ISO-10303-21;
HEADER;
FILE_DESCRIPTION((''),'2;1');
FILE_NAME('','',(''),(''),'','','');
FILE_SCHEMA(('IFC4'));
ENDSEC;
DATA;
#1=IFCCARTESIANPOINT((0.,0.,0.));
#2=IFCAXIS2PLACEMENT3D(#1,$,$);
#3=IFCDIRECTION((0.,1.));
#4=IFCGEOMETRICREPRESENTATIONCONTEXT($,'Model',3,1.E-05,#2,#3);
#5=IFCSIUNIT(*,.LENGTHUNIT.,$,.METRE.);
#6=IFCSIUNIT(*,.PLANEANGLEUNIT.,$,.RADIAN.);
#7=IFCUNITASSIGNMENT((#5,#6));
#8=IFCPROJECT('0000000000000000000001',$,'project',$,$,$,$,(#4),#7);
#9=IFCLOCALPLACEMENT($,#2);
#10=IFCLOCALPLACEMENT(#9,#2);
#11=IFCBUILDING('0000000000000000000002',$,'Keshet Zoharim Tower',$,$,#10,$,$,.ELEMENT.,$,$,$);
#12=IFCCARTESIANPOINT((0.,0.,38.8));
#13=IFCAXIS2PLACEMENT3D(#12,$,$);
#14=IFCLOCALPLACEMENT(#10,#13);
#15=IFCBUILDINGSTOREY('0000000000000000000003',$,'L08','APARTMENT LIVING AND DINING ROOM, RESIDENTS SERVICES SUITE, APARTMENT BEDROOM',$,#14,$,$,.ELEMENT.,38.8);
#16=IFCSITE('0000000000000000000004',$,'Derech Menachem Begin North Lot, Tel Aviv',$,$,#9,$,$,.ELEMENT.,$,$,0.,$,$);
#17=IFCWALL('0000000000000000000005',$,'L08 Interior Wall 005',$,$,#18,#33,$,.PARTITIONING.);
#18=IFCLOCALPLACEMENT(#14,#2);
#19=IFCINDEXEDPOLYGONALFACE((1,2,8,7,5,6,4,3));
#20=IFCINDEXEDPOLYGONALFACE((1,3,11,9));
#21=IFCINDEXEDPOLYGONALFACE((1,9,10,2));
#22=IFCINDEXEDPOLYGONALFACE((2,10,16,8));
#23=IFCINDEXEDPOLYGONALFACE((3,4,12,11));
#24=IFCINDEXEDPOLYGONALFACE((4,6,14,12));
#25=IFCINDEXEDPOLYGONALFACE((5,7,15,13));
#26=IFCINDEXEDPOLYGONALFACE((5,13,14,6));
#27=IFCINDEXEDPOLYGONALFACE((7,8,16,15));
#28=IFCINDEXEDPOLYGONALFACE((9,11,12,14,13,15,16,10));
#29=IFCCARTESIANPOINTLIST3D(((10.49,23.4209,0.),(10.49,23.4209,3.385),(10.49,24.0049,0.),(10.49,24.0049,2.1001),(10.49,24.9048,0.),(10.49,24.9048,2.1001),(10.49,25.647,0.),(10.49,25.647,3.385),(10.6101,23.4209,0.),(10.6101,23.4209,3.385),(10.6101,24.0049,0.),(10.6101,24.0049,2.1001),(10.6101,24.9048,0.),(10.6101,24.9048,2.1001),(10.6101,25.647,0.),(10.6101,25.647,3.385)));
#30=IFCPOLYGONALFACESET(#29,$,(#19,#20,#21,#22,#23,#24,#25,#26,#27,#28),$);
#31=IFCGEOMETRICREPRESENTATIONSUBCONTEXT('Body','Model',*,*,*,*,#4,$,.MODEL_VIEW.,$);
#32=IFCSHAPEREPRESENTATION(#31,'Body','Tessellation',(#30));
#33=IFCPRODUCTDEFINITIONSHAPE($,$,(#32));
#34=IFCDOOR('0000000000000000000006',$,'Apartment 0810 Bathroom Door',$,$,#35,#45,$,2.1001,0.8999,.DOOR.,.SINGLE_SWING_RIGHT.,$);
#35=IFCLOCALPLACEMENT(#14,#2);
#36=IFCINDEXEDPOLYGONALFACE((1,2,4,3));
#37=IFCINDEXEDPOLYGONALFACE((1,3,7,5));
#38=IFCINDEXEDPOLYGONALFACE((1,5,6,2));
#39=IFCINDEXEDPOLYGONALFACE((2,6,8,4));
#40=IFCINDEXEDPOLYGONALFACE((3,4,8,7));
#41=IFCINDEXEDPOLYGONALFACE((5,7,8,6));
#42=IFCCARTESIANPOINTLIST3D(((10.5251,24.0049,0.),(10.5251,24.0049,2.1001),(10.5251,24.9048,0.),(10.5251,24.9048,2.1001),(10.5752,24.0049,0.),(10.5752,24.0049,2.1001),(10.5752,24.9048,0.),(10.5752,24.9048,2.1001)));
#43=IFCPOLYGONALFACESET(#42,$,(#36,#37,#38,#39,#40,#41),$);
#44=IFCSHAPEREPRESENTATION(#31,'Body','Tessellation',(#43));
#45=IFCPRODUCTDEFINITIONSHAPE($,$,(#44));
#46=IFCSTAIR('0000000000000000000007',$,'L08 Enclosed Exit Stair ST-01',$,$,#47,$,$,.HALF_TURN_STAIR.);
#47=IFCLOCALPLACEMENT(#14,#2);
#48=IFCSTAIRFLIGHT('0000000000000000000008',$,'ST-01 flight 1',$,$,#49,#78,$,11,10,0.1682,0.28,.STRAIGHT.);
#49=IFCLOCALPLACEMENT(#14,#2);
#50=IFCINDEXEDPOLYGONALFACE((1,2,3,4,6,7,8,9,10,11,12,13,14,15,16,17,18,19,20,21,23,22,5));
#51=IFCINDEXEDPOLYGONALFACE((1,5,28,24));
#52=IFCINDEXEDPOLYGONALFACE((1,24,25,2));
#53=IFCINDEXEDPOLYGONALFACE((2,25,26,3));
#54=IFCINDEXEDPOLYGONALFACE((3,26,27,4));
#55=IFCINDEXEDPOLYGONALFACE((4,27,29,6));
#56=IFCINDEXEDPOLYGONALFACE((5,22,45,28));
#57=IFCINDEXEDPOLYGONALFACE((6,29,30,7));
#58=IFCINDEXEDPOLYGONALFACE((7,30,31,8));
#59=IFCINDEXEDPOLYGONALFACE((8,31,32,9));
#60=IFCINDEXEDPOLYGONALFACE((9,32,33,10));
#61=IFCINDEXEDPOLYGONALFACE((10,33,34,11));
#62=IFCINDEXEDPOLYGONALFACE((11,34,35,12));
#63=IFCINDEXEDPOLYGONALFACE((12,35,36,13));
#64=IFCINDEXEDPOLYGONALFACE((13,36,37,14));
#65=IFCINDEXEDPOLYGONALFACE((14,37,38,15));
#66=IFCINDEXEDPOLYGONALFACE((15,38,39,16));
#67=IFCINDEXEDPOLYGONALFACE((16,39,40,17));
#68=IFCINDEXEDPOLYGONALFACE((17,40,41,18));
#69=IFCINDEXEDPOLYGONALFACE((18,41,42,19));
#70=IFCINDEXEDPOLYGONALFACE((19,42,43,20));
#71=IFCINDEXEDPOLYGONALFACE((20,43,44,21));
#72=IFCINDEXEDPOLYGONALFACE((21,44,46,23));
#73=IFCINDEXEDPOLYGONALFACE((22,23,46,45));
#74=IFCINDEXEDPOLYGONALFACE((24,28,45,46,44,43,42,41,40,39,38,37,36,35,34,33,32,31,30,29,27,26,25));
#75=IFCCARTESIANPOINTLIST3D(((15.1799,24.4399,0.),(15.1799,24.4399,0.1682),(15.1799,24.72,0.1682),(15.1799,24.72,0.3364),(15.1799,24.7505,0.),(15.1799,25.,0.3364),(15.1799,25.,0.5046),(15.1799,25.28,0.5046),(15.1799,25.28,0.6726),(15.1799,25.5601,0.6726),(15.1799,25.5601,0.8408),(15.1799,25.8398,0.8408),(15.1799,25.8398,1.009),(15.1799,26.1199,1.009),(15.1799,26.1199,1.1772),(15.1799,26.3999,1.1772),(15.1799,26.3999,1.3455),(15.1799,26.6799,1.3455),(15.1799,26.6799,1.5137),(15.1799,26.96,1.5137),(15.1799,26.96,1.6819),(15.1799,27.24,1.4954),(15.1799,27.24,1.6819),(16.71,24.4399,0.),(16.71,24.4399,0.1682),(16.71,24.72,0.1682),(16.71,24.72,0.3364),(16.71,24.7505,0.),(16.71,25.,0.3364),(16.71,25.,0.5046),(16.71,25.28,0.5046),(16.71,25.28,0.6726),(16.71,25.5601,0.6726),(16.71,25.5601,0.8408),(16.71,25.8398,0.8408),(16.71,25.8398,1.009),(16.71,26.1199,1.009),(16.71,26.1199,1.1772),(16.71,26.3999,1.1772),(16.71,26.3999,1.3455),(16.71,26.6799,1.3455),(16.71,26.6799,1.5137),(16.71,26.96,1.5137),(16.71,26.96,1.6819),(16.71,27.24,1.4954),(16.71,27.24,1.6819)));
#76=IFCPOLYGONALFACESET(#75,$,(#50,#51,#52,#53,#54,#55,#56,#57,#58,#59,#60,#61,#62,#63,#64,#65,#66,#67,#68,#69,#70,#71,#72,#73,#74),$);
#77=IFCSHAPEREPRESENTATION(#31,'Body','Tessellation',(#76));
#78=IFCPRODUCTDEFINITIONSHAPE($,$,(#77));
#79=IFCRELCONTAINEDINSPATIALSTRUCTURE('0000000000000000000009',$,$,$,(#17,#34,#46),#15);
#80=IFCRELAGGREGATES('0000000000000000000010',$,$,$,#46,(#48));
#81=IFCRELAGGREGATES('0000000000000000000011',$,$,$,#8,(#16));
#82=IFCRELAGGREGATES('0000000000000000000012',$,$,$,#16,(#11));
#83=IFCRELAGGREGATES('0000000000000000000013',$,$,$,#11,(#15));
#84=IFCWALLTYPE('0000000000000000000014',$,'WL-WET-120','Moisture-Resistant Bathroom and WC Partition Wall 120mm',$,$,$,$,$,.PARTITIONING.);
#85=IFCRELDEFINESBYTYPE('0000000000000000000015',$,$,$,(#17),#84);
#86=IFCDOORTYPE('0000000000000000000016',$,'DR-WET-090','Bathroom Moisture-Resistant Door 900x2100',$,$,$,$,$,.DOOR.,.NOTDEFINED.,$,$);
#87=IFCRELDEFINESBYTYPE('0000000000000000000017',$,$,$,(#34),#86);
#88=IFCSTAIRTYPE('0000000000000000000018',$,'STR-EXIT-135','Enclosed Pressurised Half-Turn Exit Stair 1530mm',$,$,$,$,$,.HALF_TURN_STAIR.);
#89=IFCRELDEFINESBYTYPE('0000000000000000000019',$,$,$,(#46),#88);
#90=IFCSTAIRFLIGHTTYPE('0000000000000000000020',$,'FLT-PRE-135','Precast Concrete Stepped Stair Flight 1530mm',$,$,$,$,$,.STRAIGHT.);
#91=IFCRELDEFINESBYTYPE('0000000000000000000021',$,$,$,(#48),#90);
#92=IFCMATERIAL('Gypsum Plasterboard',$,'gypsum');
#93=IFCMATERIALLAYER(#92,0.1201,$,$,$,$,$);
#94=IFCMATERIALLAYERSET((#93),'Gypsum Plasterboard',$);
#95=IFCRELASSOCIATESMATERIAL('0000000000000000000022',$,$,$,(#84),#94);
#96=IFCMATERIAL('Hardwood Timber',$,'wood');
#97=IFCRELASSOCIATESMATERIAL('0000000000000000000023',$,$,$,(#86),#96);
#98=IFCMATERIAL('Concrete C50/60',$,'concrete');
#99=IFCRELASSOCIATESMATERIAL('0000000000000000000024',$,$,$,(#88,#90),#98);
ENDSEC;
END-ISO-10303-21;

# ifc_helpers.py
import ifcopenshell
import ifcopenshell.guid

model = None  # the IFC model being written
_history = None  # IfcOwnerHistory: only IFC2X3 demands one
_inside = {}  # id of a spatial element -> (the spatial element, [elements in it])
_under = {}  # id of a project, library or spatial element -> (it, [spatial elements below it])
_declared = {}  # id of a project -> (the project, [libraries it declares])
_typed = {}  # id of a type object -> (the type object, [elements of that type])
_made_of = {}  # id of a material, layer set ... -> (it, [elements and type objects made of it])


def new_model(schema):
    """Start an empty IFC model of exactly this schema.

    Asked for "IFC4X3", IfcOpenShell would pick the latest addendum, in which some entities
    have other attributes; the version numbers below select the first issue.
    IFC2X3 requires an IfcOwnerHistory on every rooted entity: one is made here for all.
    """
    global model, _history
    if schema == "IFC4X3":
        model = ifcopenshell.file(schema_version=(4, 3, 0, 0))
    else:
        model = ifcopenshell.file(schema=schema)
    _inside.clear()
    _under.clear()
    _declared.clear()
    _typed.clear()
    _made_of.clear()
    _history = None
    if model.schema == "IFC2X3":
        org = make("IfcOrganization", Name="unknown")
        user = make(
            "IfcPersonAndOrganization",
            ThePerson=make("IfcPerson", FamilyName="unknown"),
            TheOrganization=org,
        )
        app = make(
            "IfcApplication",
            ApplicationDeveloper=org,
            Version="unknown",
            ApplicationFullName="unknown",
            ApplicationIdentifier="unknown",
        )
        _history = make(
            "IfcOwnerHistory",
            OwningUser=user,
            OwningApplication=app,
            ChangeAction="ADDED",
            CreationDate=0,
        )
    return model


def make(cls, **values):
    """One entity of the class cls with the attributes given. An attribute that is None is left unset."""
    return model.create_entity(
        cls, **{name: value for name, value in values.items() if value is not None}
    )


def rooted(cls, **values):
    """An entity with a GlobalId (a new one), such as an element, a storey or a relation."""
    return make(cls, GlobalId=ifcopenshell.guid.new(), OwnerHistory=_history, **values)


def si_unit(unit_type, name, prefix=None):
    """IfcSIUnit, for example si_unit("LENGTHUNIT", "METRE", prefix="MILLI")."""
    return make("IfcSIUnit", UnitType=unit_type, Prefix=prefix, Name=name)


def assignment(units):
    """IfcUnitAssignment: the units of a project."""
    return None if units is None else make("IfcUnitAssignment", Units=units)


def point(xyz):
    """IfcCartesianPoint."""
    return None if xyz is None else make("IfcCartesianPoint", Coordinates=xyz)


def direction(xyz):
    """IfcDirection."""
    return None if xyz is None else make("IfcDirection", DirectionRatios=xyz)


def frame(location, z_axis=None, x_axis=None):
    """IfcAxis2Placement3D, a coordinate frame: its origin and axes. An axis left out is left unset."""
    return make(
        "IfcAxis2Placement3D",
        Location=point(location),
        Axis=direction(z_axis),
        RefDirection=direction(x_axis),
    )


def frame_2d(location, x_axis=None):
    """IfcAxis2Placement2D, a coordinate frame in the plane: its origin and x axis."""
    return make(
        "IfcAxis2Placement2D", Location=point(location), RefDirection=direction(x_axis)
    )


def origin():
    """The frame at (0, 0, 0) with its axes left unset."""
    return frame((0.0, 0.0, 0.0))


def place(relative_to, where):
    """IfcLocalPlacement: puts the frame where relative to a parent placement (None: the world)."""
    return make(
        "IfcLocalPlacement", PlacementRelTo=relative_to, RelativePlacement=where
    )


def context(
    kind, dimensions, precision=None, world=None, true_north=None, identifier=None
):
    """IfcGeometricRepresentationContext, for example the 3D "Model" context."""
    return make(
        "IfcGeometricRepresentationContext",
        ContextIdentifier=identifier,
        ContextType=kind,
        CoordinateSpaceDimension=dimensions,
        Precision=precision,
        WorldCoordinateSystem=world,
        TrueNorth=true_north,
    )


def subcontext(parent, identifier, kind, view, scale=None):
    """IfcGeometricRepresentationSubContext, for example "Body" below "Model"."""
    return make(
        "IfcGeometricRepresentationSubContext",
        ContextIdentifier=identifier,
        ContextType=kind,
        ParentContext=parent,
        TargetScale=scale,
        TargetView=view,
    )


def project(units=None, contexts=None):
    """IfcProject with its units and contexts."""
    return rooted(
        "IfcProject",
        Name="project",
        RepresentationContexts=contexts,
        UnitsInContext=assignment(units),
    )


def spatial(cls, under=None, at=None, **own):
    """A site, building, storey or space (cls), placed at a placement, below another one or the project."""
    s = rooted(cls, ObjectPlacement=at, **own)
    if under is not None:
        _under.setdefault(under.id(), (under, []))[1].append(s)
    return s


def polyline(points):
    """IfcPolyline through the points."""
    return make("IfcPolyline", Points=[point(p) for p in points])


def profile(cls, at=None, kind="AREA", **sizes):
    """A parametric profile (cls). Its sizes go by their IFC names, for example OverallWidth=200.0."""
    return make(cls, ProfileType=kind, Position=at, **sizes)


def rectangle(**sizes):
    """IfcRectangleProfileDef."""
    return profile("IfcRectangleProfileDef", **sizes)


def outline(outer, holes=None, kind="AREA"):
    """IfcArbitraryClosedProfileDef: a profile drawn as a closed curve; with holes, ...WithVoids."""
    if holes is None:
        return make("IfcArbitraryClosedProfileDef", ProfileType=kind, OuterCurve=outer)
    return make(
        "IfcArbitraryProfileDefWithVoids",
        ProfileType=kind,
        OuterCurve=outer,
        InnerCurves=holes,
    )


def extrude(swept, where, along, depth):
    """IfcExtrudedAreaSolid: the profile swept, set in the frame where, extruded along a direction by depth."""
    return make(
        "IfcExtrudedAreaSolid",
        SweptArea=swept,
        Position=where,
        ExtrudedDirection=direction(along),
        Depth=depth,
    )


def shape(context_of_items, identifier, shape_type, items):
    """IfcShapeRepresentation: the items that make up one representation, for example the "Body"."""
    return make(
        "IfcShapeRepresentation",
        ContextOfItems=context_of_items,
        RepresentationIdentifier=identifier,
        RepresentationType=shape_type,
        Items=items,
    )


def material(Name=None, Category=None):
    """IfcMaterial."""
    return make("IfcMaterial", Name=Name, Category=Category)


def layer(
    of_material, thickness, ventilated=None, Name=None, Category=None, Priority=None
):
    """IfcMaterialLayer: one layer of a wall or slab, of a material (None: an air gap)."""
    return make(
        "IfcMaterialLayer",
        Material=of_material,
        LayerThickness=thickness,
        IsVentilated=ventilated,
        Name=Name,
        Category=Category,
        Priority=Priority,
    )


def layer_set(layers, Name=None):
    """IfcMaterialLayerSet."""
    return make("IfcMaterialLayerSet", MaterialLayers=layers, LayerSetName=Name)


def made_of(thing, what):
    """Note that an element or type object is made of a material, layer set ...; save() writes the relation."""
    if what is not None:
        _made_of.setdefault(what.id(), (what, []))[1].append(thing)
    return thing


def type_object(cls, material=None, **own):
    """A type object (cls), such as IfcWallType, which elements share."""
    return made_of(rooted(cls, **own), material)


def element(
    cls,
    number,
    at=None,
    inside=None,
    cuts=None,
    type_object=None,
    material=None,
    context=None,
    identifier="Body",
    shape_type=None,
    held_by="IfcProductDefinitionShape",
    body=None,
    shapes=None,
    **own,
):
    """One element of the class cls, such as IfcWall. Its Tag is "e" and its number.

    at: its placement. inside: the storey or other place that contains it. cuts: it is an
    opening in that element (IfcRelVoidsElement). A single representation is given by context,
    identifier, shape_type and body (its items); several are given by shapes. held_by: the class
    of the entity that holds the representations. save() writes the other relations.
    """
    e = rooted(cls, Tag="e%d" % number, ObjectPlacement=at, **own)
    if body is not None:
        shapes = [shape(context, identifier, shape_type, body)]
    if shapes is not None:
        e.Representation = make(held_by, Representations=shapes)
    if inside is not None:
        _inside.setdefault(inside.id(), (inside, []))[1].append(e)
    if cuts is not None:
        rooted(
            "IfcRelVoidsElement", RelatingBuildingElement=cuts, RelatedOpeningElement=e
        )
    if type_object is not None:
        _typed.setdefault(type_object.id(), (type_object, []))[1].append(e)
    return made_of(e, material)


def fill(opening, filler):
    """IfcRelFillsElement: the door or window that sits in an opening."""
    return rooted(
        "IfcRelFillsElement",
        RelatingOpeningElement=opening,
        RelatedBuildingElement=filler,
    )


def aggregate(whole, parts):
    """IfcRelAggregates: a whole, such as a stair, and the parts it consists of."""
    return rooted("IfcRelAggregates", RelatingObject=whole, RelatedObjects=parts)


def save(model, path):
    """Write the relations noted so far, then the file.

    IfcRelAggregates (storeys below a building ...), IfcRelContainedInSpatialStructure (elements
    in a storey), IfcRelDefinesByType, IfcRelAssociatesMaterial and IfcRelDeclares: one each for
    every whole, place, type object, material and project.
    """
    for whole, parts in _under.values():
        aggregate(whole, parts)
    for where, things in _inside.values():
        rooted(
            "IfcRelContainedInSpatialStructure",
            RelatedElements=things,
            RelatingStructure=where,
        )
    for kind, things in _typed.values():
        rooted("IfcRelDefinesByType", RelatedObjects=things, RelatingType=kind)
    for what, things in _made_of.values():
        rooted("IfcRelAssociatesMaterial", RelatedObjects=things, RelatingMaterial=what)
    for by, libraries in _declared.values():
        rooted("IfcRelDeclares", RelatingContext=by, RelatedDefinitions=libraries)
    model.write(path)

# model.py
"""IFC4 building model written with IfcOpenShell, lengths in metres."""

from ifc_helpers import new_model, si_unit, direction, frame, frame_2d, origin, place, context, subcontext, project, spatial, polyline, rectangle, outline, extrude, material, layer, layer_set, type_object, element, fill, aggregate, save


model = new_model("IFC4")

# Units and contexts
model_context = context("Model", 3, precision=1e-05, world=origin(), true_north=direction((0.0, 1.0)))
body_context = subcontext(model_context, "Body", "Model", "MODEL_VIEW")
ifc_project = project(units=[si_unit("LENGTHUNIT", "METRE"), si_unit("PLANEANGLEUNIT", "RADIAN")], contexts=[model_context])

# Site, building, storey
site_placement = place(None, origin())
site = spatial("IfcSite", under=ifc_project, at=site_placement, Name="Derech Menachem Begin North Lot, Tel Aviv", CompositionType="ELEMENT", RefElevation=0.0)
building_placement = place(site_placement, origin())
building = spatial("IfcBuilding", under=site, at=building_placement, Name="Keshet Zoharim Tower", CompositionType="ELEMENT")
storey_placement = place(building_placement, frame((0.0, 0.0, 38.8)))
storey = spatial("IfcBuildingStorey", under=building, at=storey_placement, Name="L08", Description="APARTMENT LIVING AND DINING ROOM, RESIDENTS SERVICES SUITE, APARTMENT BEDROOM", CompositionType="ELEMENT", Elevation=38.8)

# Shared definitions
ifc_material_1 = material(Name="Hardwood Timber", Category="wood")

# Shared definitions
ifc_material_2 = material(Name="Gypsum Plasterboard", Category="gypsum")

# Shared definitions
ifc_material_3 = material(Name="Concrete C50/60", Category="concrete")

# Wall, opening, door
ifc_layer_1 = layer(ifc_material_2, 0.1201)
ifc_layer_set_1 = layer_set([ifc_layer_1], Name="Gypsum Plasterboard")
wall_type_1 = type_object("IfcWallType", Name="WL-WET-120", Description="Moisture-Resistant Bathroom and WC Partition Wall 120mm", PredefinedType="PARTITIONING", material=ifc_layer_set_1)
wall_1_placement = place(storey_placement, frame((10.55, 23.4209, 0.0), z_axis=(0.0, 0.0, 1.0), x_axis=(0.0, 1.0, 0.0)))
wall_1 = element("IfcWall", 1, at=wall_1_placement, inside=storey, type_object=wall_type_1, Name="L08 Interior Wall 005", PredefinedType="PARTITIONING", context=body_context, shape_type="SweptSolid", body=[
    extrude(rectangle(XDim=2.2261, YDim=0.1201, at=frame_2d((1.113, 0.0))), origin(), (0.0, 0.0, 1.0), 3.385),
])
opening_1_placement = place(wall_1_placement, frame((0.584, 0.0, 0.0)))
opening_1 = element("IfcOpeningElement", 2, at=opening_1_placement, cuts=wall_1, PredefinedType="OPENING", context=body_context, shape_type="SweptSolid", body=[
    extrude(rectangle(XDim=0.8999, YDim=2.1001, at=frame_2d((0.45, 1.05))), frame((0.0, 0.0701, 0.0), z_axis=(0.0, -1.0, 0.0), x_axis=(1.0, 0.0, 0.0)), (0.0, 0.0, 1.0), 0.1401),
])
door_type_1 = type_object("IfcDoorType", Name="DR-WET-090", Description="Bathroom Moisture-Resistant Door 900x2100", OperationType="NOTDEFINED", PredefinedType="DOOR", material=ifc_material_1)
door_1_placement = place(opening_1_placement, origin())
door_1 = element("IfcDoor", 3, at=door_1_placement, inside=storey, type_object=door_type_1, Name="Apartment 0810 Bathroom Door", OperationType="SINGLE_SWING_RIGHT", OverallHeight=2.1001, OverallWidth=0.8999, PredefinedType="DOOR", context=body_context, shape_type="SweptSolid", body=[
    extrude(rectangle(XDim=0.8999, YDim=2.1001, at=frame_2d((0.45, 1.05))), frame((0.0, 0.0249, 0.0), z_axis=(0.0, -1.0, 0.0), x_axis=(1.0, 0.0, 0.0)), (0.0, 0.0, 1.0), 0.05),
])
fill(opening_1, door_1)

# Stair, stair flight
stair_type = type_object("IfcStairType", Name="STR-EXIT-135", Description="Enclosed Pressurised Half-Turn Exit Stair 1530mm", PredefinedType="HALF_TURN_STAIR", material=ifc_material_3)
stair_placement = place(storey_placement, origin())
stair = element("IfcStair", 4, at=stair_placement, inside=storey, type_object=stair_type, Name="L08 Enclosed Exit Stair ST-01", PredefinedType="HALF_TURN_STAIR")
stair_flight_type = type_object("IfcStairFlightType", Name="FLT-PRE-135", Description="Precast Concrete Stepped Stair Flight 1530mm", PredefinedType="STRAIGHT", material=ifc_material_3)
stair_flight_placement = place(storey_placement, frame((15.9451, 24.4399, 0.0), z_axis=(0.0, 0.0, 1.0), x_axis=(0.0, 1.0, 0.0)))
stair_flight = element("IfcStairFlight", 5, at=stair_flight_placement, type_object=stair_flight_type, Name="ST-01 flight 1", NumberOfRisers=11, NumberOfTreads=10, PredefinedType="STRAIGHT", RiserHeight=0.1682, TreadLength=0.28, context=body_context, shape_type="SweptSolid", body=[
    extrude(outline(polyline([(0.0, 0.0), (0.0, 0.1682), (0.28, 0.1682), (0.28, 0.3364), (0.5601, 0.3364), (0.5601, 0.5046), (0.8401, 0.5046), (0.8401, 0.6726), (1.1201, 0.6726), (1.1201, 0.8408), (1.3999, 0.8408), (1.3999, 1.009), (1.6799, 1.009), (1.6799, 1.1772), (1.96, 1.1772), (1.96, 1.3455), (2.24, 1.3455), (2.24, 1.5137), (2.52, 1.5137), (2.52, 1.6819), (2.8, 1.6819), (2.8, 1.8501), (2.8, 1.4954), (0.3105, 0.0), (0.0, 0.0)])), frame((0.0, 0.7651, 0.0), z_axis=(0.0, -1.0, 0.0), x_axis=(1.0, 0.0, 0.0)), (0.0, 0.0, 1.0), 1.53),
])
aggregate(stair, [stair_flight])

save(model, "model.ifc")
